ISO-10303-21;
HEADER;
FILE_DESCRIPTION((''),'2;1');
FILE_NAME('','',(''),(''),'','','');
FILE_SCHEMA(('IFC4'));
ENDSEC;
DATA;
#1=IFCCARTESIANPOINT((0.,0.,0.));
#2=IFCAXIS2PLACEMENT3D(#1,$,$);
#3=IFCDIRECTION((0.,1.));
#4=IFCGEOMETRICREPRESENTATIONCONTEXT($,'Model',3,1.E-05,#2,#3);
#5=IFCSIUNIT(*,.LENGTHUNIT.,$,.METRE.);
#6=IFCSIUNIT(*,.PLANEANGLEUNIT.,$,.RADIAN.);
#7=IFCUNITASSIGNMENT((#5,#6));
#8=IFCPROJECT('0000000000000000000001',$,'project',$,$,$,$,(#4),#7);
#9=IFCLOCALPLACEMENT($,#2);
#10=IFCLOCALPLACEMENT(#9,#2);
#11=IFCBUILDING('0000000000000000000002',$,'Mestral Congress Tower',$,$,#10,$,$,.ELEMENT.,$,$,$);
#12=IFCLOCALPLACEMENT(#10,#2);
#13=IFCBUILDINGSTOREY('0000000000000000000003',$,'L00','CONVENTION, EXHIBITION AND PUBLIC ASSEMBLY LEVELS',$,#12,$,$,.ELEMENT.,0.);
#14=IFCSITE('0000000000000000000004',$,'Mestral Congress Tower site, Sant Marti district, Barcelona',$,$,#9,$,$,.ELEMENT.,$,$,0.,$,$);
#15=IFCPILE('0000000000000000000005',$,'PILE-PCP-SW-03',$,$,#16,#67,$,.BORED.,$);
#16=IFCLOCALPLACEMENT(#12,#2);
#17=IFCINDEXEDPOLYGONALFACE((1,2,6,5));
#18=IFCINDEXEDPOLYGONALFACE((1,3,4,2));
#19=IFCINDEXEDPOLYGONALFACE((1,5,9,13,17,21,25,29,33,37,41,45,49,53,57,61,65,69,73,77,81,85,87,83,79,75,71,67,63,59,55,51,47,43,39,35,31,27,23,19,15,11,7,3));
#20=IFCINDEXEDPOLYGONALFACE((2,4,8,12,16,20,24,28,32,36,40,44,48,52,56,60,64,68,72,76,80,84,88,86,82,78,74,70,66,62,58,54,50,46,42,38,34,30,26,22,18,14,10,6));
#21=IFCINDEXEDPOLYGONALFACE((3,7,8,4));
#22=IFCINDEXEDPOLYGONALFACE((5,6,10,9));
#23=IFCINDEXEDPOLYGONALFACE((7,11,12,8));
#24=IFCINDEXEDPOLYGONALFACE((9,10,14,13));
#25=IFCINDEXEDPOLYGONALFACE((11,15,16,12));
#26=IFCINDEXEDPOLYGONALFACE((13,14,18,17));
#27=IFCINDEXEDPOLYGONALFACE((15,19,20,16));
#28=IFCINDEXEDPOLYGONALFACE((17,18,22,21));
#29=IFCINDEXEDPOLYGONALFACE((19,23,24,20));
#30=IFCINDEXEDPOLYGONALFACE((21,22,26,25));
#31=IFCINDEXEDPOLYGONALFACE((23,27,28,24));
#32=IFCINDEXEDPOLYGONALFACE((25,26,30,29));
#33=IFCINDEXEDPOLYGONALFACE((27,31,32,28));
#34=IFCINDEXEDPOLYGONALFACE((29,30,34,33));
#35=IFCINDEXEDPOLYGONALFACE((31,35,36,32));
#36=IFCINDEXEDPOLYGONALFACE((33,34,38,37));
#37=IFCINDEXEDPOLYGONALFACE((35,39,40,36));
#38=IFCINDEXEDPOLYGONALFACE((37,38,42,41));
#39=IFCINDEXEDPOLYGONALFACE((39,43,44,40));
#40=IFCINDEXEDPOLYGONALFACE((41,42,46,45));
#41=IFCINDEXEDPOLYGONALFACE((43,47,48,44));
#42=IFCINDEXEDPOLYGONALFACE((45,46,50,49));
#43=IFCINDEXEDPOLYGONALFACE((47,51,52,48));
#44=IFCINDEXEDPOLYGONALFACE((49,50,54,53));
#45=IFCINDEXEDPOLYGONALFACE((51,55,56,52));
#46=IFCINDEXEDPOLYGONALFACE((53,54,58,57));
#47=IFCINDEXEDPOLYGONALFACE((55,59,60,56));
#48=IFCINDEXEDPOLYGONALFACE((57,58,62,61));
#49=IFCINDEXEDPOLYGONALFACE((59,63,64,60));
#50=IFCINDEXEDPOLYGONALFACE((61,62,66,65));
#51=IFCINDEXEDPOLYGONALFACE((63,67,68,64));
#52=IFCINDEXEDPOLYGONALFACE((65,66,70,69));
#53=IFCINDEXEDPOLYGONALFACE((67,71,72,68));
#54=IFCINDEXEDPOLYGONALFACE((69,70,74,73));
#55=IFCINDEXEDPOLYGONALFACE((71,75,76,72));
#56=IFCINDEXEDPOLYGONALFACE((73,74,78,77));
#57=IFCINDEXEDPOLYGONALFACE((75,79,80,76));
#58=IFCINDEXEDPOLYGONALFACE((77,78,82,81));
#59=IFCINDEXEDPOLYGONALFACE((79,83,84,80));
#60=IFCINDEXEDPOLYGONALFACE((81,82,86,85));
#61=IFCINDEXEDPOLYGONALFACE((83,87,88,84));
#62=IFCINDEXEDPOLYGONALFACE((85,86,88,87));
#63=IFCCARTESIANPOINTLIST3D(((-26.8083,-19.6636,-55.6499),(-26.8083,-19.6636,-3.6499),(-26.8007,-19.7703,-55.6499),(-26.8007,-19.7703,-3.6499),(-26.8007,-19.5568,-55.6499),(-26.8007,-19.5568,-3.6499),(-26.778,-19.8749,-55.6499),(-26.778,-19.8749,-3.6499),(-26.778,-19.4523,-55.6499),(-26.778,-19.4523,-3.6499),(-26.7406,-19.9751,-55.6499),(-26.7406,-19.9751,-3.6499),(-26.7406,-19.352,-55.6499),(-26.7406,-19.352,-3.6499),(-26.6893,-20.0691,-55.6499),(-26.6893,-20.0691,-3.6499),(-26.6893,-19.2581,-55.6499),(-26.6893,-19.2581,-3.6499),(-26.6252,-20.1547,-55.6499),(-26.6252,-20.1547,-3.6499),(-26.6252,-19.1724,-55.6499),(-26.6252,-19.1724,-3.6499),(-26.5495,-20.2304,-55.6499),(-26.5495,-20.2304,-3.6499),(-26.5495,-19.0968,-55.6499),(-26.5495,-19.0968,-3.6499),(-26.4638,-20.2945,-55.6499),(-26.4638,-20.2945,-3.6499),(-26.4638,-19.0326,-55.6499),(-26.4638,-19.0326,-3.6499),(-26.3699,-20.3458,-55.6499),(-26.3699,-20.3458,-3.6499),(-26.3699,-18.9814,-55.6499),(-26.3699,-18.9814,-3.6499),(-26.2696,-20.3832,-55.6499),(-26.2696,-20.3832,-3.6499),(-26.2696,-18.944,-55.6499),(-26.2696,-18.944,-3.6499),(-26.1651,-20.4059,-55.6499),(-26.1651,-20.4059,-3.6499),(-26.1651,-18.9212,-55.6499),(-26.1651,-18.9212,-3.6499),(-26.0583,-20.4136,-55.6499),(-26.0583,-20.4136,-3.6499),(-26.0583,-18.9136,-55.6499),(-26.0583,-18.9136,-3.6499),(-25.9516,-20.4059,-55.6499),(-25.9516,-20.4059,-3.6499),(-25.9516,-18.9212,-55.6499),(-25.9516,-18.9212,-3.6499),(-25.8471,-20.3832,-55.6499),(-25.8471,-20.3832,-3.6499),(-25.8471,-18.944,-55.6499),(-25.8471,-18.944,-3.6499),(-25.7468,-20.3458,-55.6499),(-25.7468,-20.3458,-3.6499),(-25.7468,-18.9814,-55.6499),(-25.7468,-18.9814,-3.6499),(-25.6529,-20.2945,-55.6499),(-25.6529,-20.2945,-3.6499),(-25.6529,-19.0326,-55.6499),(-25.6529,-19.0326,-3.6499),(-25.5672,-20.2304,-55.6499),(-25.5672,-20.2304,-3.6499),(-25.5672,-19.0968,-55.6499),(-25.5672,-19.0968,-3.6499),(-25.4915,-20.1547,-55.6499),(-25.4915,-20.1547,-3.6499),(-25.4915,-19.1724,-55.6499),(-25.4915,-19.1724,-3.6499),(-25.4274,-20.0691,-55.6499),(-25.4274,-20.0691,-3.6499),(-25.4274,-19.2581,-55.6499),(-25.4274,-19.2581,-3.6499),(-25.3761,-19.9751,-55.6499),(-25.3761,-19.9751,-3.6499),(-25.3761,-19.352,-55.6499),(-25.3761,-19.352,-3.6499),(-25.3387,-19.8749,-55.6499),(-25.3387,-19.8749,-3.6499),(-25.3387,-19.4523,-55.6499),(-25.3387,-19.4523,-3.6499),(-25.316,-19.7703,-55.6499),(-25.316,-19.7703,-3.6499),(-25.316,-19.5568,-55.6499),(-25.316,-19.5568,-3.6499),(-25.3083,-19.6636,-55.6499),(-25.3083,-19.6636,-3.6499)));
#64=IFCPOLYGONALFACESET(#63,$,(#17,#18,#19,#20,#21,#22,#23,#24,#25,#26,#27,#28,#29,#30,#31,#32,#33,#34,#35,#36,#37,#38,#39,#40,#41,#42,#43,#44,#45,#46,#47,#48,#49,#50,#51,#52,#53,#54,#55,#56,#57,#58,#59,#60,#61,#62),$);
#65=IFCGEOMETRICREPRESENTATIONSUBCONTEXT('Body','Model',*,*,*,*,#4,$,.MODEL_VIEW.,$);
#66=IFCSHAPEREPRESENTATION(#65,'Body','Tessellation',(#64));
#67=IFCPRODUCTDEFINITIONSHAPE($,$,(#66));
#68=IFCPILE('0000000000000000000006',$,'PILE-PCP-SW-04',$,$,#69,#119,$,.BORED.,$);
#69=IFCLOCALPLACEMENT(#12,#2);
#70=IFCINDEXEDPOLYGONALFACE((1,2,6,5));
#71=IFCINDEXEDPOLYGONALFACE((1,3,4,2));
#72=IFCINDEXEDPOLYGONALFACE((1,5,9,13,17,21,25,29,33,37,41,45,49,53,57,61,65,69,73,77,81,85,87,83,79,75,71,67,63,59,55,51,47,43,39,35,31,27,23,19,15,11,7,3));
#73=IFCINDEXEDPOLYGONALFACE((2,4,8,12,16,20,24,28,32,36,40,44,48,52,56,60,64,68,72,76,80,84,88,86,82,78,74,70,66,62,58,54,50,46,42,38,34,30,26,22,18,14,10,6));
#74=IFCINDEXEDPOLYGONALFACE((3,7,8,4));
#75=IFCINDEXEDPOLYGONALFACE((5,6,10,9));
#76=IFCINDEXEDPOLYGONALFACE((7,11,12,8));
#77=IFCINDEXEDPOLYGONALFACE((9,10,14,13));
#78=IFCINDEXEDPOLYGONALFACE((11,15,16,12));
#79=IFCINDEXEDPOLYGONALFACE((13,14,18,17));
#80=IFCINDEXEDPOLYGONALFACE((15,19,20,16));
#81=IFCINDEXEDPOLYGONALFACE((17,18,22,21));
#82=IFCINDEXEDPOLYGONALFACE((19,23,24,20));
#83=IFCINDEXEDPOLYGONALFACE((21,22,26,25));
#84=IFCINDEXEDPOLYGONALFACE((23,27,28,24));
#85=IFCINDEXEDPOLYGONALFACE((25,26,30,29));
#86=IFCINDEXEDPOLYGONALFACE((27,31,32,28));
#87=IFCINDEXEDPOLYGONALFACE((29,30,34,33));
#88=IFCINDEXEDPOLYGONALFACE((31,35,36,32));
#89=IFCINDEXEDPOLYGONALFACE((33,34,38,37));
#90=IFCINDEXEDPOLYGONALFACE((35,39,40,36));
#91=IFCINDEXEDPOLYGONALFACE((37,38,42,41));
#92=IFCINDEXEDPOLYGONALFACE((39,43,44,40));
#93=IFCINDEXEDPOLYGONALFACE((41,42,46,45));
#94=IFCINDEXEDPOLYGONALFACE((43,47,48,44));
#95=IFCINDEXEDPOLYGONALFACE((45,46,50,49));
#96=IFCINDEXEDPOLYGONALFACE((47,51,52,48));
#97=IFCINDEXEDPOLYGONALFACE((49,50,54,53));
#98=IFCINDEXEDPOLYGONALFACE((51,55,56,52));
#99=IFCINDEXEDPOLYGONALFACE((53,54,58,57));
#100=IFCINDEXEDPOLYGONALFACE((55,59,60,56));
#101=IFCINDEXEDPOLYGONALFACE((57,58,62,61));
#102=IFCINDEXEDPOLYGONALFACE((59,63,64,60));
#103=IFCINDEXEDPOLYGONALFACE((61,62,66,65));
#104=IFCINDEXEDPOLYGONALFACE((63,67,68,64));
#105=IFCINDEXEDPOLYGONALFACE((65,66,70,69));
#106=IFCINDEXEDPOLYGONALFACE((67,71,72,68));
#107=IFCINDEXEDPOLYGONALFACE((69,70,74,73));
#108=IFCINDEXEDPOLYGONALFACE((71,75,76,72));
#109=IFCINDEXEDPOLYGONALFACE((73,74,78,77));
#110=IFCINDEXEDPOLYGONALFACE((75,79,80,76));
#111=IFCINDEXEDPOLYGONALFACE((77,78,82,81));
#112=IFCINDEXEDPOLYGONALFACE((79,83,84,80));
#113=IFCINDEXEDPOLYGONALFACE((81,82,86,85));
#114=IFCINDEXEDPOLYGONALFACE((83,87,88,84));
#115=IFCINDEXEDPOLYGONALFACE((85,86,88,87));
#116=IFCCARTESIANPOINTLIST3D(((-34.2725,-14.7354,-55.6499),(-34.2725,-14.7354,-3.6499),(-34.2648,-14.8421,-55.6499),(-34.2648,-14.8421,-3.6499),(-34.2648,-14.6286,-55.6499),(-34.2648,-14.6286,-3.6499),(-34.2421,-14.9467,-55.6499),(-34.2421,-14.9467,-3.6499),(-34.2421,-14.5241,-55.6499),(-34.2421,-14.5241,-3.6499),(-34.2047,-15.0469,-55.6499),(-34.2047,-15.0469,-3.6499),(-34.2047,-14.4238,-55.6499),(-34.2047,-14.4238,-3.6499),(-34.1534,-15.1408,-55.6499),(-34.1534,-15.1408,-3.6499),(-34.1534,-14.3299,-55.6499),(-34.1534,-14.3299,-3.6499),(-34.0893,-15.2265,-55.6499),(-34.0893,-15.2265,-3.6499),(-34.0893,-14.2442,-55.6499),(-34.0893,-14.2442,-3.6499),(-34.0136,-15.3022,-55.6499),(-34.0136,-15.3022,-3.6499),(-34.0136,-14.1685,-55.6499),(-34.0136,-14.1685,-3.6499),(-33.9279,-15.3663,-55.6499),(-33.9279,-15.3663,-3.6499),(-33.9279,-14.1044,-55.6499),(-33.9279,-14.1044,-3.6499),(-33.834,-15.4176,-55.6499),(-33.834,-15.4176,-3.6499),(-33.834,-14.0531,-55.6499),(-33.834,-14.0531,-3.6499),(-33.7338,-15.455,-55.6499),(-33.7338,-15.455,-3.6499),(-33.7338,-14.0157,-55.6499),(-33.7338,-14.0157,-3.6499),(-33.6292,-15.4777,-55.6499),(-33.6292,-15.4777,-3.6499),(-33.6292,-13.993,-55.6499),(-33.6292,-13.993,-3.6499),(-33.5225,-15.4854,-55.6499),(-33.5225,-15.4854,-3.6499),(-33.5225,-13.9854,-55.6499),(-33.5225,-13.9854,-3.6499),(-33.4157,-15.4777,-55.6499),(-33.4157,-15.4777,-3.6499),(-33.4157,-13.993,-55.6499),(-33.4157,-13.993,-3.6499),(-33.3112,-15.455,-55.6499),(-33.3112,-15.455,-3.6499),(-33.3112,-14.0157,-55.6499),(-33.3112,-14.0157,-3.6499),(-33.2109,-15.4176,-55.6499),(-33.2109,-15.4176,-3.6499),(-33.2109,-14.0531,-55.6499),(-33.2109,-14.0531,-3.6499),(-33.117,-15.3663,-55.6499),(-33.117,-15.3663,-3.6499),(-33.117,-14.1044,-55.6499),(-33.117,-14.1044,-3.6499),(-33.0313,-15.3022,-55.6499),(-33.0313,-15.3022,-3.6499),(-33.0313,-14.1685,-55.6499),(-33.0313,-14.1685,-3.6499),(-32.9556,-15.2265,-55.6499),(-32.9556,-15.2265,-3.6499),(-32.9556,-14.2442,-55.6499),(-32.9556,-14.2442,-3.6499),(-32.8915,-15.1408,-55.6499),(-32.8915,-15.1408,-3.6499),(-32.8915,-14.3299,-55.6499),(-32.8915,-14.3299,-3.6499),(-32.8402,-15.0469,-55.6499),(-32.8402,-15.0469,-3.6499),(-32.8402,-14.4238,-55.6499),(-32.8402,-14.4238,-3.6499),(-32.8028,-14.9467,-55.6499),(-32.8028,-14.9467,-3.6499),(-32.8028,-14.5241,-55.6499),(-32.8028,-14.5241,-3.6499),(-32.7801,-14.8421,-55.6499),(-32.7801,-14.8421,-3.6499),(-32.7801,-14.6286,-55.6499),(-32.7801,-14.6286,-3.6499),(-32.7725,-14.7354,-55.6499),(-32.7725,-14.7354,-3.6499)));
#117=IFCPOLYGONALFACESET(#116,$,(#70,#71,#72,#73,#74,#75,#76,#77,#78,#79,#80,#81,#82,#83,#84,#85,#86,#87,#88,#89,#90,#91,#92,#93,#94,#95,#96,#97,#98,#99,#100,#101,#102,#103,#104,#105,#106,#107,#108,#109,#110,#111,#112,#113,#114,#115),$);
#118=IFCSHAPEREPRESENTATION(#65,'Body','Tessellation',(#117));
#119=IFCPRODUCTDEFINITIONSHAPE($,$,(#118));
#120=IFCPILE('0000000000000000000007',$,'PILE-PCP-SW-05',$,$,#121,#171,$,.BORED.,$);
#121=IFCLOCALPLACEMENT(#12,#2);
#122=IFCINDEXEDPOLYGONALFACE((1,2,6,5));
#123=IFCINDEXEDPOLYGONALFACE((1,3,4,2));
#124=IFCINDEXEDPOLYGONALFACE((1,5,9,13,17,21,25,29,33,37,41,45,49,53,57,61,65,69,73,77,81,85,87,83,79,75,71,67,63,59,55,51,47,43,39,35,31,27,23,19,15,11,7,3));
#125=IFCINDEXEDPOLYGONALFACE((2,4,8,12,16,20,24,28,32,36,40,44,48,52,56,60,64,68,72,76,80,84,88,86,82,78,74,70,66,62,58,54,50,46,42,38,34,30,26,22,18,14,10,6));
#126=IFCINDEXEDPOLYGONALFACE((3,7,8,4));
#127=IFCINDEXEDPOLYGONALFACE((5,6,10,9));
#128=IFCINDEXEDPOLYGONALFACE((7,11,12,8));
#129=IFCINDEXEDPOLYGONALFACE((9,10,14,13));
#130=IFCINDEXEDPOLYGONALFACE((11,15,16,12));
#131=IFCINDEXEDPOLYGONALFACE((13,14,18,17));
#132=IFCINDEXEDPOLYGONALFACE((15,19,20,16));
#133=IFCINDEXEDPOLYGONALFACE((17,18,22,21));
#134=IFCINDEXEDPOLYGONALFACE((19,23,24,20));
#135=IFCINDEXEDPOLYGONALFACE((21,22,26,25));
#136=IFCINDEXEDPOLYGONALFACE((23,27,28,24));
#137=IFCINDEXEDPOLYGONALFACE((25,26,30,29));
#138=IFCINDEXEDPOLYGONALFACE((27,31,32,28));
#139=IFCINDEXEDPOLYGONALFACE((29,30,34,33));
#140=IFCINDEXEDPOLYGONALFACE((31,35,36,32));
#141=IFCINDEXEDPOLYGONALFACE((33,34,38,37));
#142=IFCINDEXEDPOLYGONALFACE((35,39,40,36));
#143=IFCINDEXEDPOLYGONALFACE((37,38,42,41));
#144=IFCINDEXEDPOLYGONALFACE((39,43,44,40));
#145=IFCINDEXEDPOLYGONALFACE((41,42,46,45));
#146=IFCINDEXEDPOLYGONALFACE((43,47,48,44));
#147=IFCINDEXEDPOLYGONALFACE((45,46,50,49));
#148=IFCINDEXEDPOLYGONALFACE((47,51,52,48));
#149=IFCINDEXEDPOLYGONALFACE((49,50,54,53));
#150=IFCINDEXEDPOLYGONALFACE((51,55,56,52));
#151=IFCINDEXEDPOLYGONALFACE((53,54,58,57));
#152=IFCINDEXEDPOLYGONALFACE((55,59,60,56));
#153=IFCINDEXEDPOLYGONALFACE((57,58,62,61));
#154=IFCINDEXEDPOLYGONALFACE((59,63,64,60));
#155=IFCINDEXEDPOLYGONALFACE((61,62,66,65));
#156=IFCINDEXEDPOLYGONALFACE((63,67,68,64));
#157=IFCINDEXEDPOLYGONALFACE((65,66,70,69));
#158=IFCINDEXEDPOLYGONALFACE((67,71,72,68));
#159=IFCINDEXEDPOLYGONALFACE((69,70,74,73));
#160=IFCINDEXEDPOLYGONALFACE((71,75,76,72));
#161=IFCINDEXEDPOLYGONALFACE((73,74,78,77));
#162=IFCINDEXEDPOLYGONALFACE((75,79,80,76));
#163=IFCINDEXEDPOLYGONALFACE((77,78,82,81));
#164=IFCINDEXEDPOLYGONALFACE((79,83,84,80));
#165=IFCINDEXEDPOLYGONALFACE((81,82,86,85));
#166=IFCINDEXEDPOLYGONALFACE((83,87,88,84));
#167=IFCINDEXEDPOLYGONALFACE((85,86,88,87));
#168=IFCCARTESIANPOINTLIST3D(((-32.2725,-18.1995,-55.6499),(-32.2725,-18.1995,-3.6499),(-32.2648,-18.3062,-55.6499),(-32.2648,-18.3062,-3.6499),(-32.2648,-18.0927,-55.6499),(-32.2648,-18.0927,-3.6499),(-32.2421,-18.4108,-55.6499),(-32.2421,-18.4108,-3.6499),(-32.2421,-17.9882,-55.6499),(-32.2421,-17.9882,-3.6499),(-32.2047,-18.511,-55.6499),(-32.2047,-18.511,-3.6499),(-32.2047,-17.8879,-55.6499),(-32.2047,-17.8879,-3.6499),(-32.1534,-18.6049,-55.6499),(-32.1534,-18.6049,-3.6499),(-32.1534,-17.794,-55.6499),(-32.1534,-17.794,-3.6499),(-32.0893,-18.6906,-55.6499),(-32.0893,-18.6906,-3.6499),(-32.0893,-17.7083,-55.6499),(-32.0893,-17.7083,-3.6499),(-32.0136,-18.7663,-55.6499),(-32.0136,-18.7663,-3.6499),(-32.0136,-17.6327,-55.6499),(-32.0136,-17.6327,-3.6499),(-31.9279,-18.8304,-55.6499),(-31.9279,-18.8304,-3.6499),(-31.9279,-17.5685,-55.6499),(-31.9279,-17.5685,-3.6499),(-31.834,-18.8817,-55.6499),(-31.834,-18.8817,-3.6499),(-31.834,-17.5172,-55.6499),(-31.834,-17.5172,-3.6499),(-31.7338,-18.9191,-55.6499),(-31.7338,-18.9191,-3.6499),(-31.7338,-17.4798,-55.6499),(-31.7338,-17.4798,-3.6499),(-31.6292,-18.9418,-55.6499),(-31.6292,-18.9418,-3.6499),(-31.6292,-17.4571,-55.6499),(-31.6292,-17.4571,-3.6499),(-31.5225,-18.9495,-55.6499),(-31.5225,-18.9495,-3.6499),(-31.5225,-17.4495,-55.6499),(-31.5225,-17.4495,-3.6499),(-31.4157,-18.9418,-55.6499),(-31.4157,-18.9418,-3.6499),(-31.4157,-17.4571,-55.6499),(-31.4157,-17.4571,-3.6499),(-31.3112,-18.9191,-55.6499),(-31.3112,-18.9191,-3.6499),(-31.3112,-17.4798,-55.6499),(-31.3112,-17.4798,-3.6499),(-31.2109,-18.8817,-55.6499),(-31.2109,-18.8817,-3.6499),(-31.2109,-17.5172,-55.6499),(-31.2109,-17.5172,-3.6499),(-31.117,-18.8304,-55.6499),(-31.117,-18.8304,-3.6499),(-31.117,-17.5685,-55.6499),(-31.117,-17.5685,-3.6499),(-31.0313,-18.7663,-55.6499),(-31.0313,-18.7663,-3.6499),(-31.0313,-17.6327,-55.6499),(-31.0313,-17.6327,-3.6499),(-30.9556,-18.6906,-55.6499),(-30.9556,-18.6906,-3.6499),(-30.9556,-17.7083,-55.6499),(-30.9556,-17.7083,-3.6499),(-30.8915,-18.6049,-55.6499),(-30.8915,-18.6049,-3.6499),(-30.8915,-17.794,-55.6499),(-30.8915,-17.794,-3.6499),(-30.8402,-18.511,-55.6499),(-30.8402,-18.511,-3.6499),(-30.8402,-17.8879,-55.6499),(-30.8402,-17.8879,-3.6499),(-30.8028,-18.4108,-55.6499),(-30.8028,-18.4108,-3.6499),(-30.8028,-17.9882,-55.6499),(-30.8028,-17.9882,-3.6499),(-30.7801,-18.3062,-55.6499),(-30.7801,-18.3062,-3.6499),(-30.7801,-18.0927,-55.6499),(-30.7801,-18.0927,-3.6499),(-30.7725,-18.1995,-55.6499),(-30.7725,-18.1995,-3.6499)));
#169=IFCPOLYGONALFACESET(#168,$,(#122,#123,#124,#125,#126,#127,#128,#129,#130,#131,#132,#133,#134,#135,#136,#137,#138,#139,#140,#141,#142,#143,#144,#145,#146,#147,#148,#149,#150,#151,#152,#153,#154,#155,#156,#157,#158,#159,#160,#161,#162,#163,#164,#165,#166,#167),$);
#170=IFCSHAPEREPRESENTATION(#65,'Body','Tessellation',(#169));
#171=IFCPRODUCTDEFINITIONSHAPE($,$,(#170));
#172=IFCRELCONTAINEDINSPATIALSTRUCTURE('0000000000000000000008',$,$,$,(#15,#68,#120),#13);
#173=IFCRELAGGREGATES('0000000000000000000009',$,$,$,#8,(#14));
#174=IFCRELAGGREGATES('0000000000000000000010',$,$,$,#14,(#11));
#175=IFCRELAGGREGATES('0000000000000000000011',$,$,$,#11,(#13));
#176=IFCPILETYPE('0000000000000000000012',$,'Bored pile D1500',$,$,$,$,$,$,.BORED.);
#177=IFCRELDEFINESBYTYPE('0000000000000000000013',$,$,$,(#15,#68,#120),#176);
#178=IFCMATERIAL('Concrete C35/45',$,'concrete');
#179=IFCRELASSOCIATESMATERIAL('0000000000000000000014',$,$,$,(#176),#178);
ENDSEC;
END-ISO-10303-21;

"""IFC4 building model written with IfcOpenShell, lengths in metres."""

from ifc_helpers import new_model, si_unit, direction, frame, origin, origin_2d, place, context, subcontext, project, spatial, circle, extrude, material, material_profile, profile_set, type_object, element, save


model = new_model("IFC4")

# Units and contexts
model_context = context("Model", 3, precision=1e-05, world=origin(), true_north=direction((0.0, 1.0)))
body_context = subcontext(model_context, "Body", "Model", "MODEL_VIEW")
ifc_project = project(units=[si_unit("LENGTHUNIT", "METRE"), si_unit("PLANEANGLEUNIT", "RADIAN")], contexts=[model_context])

# Site, building, storey
site_placement = place(None, origin())
site = spatial("IfcSite", under=ifc_project, at=site_placement, Name="Mestral Congress Tower site, Sant Marti district, Barcelona", CompositionType="ELEMENT", RefElevation=0.0)
building_placement = place(site_placement, origin())
building = spatial("IfcBuilding", under=site, at=building_placement, Name="Mestral Congress Tower", CompositionType="ELEMENT")
storey_placement = place(building_placement, origin())
storey = spatial("IfcBuildingStorey", under=building, at=storey_placement, Name="L00", Description="CONVENTION, EXHIBITION AND PUBLIC ASSEMBLY LEVELS", CompositionType="ELEMENT", Elevation=0.0)

# Piles
ifc_material_1 = material(Name="Concrete C35/45", Category="concrete")
ifc_material_profile_1 = material_profile(ifc_material_1, circle(Radius=0.75, at=origin_2d()), Name="D1500")
ifc_profile_set_1 = profile_set([ifc_material_profile_1], Name="Concrete C35/45")
pile_type_1 = type_object("IfcPileType", Name="Bored pile D1500", PredefinedType="BORED", material=ifc_profile_set_1)
for number, where, z_axis, x_axis, name in (
    (1, (-26.0583, -19.6636, -3.6499), (0.0, 0.0, -1.0), (1.0, 0.0, 0.0), "PILE-PCP-SW-03"),
    (2, (-33.5225, -14.7354, -3.6499), (0.0, 0.0, -1.0), (1.0, 0.0, 0.0), "PILE-PCP-SW-04"),
    (3, (-31.5225, -18.1995, -3.6499), (0.0, 0.0, -1.0), (1.0, 0.0, 0.0), "PILE-PCP-SW-05"),
):
    element("IfcPile", number, at=place(storey_placement, frame(where, z_axis=z_axis, x_axis=x_axis)), inside=storey, type_object=pile_type_1, Name=name, PredefinedType="BORED", context=body_context, shape_type="SweptSolid", body=[
        extrude(circle(Radius=0.75, at=origin_2d()), origin(), (0.0, 0.0, 1.0), 52.0),
    ])

save(model, "model.ifc")
